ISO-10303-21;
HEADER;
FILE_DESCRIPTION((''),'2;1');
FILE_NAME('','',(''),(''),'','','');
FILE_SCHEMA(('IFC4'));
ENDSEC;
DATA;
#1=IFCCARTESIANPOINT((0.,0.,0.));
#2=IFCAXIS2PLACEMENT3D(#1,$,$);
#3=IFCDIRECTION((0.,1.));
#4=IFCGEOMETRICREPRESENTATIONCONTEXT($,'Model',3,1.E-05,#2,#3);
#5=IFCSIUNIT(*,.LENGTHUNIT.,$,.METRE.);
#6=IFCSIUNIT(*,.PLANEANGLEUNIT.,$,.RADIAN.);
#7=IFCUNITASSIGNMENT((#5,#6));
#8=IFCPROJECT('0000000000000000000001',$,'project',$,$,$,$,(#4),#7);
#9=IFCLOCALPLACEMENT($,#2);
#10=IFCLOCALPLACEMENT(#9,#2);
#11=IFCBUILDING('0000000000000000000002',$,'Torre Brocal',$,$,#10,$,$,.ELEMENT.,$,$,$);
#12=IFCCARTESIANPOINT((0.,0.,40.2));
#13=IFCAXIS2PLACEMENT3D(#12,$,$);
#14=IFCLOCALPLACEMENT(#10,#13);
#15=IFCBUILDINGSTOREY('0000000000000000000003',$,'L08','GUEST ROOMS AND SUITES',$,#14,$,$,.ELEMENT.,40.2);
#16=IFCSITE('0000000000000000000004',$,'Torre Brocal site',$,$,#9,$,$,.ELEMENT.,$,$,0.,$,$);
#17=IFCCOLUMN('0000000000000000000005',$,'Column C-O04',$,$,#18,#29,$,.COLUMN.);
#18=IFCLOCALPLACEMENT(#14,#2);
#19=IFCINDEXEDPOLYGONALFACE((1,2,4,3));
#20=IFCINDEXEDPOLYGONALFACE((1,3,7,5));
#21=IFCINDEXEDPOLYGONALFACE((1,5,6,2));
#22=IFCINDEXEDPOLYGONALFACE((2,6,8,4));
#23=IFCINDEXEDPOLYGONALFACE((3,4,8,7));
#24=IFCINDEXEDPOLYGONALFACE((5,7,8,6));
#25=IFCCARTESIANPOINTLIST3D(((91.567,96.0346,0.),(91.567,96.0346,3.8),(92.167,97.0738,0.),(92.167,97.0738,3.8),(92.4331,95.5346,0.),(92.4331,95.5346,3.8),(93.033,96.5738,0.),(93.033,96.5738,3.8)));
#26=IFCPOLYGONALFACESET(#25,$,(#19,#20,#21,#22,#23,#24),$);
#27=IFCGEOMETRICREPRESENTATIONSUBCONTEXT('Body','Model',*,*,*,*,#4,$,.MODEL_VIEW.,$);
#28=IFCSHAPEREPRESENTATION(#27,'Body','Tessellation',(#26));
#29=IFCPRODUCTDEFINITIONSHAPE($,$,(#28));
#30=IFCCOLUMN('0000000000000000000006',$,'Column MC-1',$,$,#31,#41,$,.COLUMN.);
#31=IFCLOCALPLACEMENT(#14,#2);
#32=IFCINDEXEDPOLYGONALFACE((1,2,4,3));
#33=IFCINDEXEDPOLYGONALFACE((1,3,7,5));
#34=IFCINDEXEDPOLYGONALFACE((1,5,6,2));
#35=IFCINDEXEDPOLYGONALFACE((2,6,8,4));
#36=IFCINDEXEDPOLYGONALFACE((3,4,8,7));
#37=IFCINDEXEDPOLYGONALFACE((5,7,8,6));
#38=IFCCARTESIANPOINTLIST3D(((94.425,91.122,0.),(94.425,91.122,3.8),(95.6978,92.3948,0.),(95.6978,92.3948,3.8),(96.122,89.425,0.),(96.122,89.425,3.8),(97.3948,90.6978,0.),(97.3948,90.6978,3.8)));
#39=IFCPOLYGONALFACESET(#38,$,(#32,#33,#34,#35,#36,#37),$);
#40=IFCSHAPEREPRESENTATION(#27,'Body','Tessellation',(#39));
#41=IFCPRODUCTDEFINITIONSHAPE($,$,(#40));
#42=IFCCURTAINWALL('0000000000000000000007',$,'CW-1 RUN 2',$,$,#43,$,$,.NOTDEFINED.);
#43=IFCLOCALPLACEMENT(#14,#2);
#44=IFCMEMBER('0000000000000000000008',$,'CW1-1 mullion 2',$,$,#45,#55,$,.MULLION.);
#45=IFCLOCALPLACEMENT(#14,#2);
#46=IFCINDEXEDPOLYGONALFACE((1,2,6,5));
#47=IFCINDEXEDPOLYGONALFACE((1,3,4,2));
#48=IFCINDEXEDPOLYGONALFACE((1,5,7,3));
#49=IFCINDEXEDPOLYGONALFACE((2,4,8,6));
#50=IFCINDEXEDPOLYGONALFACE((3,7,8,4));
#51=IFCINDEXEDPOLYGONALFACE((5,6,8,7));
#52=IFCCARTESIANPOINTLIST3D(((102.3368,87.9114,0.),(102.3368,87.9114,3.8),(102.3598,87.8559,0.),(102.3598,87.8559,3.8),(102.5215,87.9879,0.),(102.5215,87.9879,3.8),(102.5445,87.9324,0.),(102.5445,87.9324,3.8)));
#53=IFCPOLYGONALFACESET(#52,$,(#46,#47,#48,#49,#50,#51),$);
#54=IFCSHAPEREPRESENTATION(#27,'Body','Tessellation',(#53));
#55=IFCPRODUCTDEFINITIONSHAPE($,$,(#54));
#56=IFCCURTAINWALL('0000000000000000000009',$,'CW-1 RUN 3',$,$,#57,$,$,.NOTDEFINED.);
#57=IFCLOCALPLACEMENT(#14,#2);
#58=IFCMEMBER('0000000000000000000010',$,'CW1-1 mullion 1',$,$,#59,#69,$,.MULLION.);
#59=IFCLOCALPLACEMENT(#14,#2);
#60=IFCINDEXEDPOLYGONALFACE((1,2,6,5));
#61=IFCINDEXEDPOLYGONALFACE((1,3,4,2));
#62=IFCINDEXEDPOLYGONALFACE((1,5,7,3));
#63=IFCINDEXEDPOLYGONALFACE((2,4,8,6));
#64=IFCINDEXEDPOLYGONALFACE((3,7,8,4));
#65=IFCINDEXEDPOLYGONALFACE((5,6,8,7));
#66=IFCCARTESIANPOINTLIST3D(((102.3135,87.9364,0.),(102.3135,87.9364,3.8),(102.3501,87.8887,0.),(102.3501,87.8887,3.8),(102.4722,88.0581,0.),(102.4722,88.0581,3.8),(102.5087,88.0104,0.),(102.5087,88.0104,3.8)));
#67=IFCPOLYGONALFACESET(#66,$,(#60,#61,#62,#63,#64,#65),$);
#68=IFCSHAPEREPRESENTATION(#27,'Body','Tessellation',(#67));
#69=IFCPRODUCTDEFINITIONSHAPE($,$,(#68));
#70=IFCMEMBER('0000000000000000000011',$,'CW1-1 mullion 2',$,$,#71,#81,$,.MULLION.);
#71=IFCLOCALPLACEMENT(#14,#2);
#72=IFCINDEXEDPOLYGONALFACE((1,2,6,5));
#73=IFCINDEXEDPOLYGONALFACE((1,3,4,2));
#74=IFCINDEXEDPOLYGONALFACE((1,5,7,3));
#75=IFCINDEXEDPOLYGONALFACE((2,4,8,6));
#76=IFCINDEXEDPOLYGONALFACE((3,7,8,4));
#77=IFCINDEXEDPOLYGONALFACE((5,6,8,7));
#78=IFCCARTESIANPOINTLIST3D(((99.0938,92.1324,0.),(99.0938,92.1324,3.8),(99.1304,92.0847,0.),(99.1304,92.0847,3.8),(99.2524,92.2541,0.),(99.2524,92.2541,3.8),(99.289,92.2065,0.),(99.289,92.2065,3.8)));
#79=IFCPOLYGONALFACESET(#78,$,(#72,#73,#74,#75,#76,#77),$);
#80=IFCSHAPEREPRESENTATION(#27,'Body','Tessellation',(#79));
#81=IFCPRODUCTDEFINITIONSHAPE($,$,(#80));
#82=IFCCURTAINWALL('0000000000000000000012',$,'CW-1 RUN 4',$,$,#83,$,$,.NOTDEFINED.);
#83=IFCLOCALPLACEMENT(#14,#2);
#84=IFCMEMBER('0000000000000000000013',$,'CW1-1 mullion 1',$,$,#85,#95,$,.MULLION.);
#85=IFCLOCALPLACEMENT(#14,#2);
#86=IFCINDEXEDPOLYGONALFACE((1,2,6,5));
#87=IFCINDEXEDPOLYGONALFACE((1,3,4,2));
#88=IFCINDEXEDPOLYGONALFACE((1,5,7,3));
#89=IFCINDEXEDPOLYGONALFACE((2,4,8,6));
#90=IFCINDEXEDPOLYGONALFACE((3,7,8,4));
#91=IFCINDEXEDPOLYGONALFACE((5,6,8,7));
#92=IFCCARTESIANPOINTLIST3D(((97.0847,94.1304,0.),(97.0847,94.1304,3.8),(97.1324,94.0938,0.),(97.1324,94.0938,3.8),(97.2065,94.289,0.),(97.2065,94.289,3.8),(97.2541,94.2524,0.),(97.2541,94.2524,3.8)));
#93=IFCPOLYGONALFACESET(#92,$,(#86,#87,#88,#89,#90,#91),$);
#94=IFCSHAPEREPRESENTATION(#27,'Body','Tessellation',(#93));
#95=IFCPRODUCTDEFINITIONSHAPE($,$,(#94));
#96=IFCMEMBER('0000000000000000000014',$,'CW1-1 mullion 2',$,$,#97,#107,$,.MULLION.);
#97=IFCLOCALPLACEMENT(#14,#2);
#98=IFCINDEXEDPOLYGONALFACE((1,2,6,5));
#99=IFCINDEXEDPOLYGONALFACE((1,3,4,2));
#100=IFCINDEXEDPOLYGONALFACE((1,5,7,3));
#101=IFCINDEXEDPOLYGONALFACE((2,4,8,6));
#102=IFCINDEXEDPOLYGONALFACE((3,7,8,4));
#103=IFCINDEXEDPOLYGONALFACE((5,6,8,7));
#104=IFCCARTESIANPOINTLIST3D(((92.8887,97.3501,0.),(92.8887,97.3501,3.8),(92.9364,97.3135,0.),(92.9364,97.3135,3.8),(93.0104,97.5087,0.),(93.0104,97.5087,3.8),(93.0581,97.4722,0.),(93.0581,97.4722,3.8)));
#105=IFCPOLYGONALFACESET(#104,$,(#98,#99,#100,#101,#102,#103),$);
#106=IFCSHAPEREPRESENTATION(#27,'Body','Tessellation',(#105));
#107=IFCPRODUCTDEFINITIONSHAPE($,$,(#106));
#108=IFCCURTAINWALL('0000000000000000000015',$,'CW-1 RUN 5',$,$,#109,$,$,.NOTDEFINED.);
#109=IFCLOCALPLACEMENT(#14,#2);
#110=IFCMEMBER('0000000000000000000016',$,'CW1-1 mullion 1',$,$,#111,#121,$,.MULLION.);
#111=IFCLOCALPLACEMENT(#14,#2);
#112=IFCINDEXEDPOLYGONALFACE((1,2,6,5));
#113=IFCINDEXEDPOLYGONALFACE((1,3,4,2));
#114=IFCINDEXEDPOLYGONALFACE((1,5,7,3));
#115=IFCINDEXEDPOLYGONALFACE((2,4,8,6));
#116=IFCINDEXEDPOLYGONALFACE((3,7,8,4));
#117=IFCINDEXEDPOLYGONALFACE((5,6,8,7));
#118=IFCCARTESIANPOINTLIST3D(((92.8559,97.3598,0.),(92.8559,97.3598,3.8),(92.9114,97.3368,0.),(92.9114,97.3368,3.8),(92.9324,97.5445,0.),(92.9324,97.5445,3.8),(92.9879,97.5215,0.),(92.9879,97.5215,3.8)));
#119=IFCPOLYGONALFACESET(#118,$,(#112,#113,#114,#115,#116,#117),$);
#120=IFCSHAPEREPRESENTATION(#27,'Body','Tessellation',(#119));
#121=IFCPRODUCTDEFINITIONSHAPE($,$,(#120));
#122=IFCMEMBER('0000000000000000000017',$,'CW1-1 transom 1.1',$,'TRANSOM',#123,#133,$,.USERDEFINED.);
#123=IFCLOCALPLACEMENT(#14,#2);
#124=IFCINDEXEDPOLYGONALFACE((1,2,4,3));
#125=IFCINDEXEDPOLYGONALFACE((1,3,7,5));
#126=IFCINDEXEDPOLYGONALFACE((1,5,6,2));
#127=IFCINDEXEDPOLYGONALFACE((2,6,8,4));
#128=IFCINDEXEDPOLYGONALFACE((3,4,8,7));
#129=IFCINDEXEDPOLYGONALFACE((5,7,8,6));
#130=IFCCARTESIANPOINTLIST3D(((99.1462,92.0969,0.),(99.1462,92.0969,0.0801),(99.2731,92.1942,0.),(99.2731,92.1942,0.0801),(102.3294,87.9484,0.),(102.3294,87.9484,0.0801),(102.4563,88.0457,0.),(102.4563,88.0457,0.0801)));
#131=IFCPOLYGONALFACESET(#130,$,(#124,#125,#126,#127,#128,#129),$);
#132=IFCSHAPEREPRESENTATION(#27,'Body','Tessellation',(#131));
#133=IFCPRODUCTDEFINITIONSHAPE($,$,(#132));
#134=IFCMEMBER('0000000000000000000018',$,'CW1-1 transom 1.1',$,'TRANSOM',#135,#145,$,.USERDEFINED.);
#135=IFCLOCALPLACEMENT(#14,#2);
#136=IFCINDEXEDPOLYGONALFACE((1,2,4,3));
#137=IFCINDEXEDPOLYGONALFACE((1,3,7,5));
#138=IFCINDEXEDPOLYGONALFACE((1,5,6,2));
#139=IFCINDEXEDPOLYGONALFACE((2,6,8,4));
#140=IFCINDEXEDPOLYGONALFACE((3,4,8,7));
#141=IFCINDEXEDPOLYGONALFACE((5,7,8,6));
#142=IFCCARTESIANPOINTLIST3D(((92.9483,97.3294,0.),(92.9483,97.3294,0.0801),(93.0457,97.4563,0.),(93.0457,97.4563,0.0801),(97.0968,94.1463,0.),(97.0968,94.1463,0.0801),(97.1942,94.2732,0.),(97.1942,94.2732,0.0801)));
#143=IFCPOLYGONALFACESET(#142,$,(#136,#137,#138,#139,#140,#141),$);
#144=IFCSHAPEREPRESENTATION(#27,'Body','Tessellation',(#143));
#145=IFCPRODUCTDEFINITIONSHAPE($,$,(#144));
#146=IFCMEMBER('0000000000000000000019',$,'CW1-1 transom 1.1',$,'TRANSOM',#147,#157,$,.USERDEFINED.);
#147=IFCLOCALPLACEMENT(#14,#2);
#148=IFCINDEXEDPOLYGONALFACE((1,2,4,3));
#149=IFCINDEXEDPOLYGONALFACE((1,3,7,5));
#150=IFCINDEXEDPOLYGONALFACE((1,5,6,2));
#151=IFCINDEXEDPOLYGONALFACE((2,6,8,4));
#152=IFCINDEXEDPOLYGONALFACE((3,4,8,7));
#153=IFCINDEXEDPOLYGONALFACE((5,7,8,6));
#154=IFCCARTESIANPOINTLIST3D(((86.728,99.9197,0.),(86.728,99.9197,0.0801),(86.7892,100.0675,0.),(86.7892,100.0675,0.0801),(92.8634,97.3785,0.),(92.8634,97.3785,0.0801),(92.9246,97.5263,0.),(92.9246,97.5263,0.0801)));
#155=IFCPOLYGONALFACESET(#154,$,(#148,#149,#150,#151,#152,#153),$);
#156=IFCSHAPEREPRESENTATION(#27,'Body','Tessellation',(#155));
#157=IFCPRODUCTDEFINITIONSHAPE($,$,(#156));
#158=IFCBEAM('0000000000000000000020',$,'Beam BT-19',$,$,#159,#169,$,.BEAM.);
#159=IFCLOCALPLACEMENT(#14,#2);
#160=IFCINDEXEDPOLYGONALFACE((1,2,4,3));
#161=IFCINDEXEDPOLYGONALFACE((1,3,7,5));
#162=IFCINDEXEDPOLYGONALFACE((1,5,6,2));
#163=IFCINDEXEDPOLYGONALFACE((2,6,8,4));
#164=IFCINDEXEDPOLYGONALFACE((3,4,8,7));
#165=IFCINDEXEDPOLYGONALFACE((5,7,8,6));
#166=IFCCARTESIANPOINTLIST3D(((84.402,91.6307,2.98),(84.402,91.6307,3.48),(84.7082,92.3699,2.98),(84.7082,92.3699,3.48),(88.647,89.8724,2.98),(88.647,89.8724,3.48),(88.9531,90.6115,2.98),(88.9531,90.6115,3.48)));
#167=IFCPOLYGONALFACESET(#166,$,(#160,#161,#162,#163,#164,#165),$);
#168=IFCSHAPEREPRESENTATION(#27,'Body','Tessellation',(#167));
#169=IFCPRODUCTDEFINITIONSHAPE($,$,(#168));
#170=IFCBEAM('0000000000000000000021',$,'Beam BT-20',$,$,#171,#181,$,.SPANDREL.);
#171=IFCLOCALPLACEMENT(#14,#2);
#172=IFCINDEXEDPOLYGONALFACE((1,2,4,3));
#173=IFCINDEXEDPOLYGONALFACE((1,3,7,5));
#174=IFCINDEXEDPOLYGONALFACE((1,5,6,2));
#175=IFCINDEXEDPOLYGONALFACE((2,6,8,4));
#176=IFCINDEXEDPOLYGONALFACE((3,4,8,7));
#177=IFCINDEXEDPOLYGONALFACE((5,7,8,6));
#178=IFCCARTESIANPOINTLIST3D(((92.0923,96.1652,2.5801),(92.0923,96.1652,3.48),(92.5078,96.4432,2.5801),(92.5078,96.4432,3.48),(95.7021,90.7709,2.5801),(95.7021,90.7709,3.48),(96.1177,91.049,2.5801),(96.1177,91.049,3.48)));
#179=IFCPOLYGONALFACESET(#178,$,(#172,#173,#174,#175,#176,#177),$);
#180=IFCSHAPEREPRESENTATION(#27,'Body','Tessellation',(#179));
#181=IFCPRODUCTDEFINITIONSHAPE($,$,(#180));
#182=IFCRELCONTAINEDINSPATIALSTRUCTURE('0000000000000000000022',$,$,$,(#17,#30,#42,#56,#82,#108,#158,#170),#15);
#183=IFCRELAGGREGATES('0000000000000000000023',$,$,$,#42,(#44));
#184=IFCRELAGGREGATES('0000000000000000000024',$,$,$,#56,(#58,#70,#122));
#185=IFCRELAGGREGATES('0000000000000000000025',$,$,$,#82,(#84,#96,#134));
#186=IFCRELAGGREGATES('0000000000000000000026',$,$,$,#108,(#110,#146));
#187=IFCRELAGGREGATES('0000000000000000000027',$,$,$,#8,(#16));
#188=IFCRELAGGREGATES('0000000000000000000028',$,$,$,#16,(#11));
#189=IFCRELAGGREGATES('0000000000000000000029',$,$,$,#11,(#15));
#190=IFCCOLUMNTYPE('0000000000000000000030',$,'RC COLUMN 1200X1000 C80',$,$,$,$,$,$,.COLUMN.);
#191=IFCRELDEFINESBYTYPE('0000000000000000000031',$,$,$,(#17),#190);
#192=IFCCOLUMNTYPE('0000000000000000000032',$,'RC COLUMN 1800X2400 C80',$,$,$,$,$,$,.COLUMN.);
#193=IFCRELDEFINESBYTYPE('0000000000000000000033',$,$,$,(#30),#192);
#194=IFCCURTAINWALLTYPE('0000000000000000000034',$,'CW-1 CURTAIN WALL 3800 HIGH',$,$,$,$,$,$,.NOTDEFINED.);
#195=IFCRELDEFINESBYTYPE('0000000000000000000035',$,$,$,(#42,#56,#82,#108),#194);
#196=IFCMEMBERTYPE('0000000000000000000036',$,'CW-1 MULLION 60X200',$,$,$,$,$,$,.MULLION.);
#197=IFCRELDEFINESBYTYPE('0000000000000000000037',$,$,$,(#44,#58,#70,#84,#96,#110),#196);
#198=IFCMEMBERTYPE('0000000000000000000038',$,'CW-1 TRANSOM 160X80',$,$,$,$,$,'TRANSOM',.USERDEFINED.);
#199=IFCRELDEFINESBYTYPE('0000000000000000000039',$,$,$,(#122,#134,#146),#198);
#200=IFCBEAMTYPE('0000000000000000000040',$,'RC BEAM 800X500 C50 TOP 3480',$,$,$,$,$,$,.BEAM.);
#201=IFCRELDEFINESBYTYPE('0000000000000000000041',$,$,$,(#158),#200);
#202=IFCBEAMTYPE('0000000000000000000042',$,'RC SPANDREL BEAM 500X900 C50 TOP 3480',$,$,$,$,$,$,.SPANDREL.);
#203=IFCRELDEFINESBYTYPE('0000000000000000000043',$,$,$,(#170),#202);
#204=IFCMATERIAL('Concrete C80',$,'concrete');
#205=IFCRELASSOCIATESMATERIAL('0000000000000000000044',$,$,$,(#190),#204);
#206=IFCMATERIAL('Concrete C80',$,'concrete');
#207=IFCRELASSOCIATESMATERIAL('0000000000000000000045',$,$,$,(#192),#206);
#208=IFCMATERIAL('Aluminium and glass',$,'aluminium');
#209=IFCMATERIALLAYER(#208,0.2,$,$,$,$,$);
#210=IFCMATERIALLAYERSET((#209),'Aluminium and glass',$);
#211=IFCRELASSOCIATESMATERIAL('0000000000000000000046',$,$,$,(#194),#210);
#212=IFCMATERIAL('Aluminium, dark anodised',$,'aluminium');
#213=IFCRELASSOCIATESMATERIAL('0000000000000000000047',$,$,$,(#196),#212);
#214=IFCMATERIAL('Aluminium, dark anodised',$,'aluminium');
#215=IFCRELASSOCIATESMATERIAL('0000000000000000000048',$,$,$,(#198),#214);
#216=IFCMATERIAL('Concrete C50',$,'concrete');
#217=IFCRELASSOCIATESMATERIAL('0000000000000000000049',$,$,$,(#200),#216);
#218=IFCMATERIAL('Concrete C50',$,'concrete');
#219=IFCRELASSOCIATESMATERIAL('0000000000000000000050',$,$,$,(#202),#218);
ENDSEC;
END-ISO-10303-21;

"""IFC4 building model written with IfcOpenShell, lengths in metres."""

from ifc_helpers import new_model, si_unit, direction, frame, origin, origin_2d, place, context, subcontext, project, spatial, rectangle, extrude, material, layer, layer_set, material_profile, profile_set, type_object, element, aggregate, save


model = new_model("IFC4")

# Units and contexts
model_context = context("Model", 3, precision=1e-05, world=origin(), true_north=direction((0.0, 1.0)))
body_context = subcontext(model_context, "Body", "Model", "MODEL_VIEW")
ifc_project = project(units=[si_unit("LENGTHUNIT", "METRE"), si_unit("PLANEANGLEUNIT", "RADIAN")], contexts=[model_context])

# Site, building, storey
site_placement = place(None, origin())
site = spatial("IfcSite", under=ifc_project, at=site_placement, Name="Torre Brocal site", CompositionType="ELEMENT", RefElevation=0.0)
building_placement = place(site_placement, origin())
building = spatial("IfcBuilding", under=site, at=building_placement, Name="Torre Brocal", CompositionType="ELEMENT")
storey_placement = place(building_placement, frame((0.0, 0.0, 40.2)))
storey = spatial("IfcBuildingStorey", under=building, at=storey_placement, Name="L08", Description="GUEST ROOMS AND SUITES", CompositionType="ELEMENT", Elevation=40.2)

# Columns
ifc_material_1 = material(Name="Concrete C80", Category="concrete")
ifc_material_profile_1 = material_profile(ifc_material_1, rectangle(XDim=1.2, YDim=1.0, at=origin_2d()), Name="RC 1200X1000")
ifc_profile_set_1 = profile_set([ifc_material_profile_1], Name="Concrete C80")
column_type_1 = type_object("IfcColumnType", Name="RC COLUMN 1200X1000 C80", PredefinedType="COLUMN", material=ifc_profile_set_1)
column_1_placement = place(storey_placement, frame((92.3, 96.3042, 0.0), z_axis=(0.0, 0.0, 1.0), x_axis=(0.5, 0.866025, 0.0)))
element("IfcColumn", 1, at=column_1_placement, inside=storey, type_object=column_type_1, Name="Column C-O04", PredefinedType="COLUMN", context=body_context, shape_type="SweptSolid", body=[
    extrude(rectangle(XDim=1.2, YDim=1.0, at=origin_2d()), origin(), (0.0, 0.0, 1.0), 3.8),
])
ifc_material_2 = material(Name="Concrete C80", Category="concrete")
ifc_material_profile_2 = material_profile(ifc_material_2, rectangle(XDim=1.8, YDim=2.3999, at=origin_2d()), Name="RC 1800X2400")
ifc_profile_set_2 = profile_set([ifc_material_profile_2], Name="Concrete C80")
column_type_2 = type_object("IfcColumnType", Name="RC COLUMN 1800X2400 C80", PredefinedType="COLUMN", material=ifc_profile_set_2)
column_2_placement = place(storey_placement, frame((95.9099, 90.9099, 0.0), z_axis=(0.0, 0.0, 1.0), x_axis=(0.707107, 0.707107, 0.0)))
element("IfcColumn", 2, at=column_2_placement, inside=storey, type_object=column_type_2, Name="Column MC-1", PredefinedType="COLUMN", context=body_context, shape_type="SweptSolid", body=[
    extrude(rectangle(XDim=1.8, YDim=2.3999, at=origin_2d()), origin(), (0.0, 0.0, 1.0), 3.8),
])

# Curtain wall, member
ifc_material_3 = material(Name="Aluminium and glass", Category="aluminium")
ifc_layer_1 = layer(ifc_material_3, 0.2)
ifc_layer_set_1 = layer_set([ifc_layer_1], Name="Aluminium and glass")
curtain_wall_type = type_object("IfcCurtainWallType", Name="CW-1 CURTAIN WALL 3800 HIGH", PredefinedType="NOTDEFINED", material=ifc_layer_set_1)
curtain_wall_1_placement = place(storey_placement, origin())
curtain_wall_1 = element("IfcCurtainWall", 3, at=curtain_wall_1_placement, inside=storey, type_object=curtain_wall_type, Name="CW-1 RUN 2", PredefinedType="NOTDEFINED")
ifc_material_4 = material(Name="Aluminium, dark anodised", Category="aluminium")
ifc_material_profile_3 = material_profile(ifc_material_4, rectangle(XDim=0.2, YDim=0.0601, at=origin_2d()), Name="CW-1 MULLION 60X200")
ifc_profile_set_3 = profile_set([ifc_material_profile_3], Name="Aluminium, dark anodised")
member_type_1 = type_object("IfcMemberType", Name="CW-1 MULLION 60X200", PredefinedType="MULLION", material=ifc_profile_set_3)
member_1_placement = place(storey_placement, frame((102.4407, 87.9219, 0.0), z_axis=(0.0, 0.0, 1.0), x_axis=(-0.92388, -0.382683, 0.0)))
member_1 = element("IfcMember", 4, at=member_1_placement, type_object=member_type_1, Name="CW1-1 mullion 2", PredefinedType="MULLION", context=body_context, shape_type="SweptSolid", body=[
    extrude(rectangle(XDim=0.2, YDim=0.0601, at=origin_2d()), origin(), (0.0, 0.0, 1.0), 3.8),
])
aggregate(curtain_wall_1, [member_1])

# Curtain walls, members
curtain_wall_2_placement = place(storey_placement, origin())
curtain_wall_2 = element("IfcCurtainWall", 5, at=curtain_wall_2_placement, inside=storey, type_object=curtain_wall_type, Name="CW-1 RUN 3", PredefinedType="NOTDEFINED")
member_2_placement = place(storey_placement, frame((102.4111, 87.9734, 0.0), z_axis=(0.0, 0.0, 1.0), x_axis=(-0.793353, -0.608761, 0.0)))
member_2 = element("IfcMember", 6, at=member_2_placement, type_object=member_type_1, Name="CW1-1 mullion 1", PredefinedType="MULLION", context=body_context, shape_type="SweptSolid", body=[
    extrude(rectangle(XDim=0.2, YDim=0.0601, at=origin_2d()), origin(), (0.0, 0.0, 1.0), 3.8),
])
member_3_placement = place(storey_placement, frame((99.1914, 92.1694, 0.0), z_axis=(0.0, 0.0, 1.0), x_axis=(-0.793353, -0.608761, 0.0)))
member_3 = element("IfcMember", 7, at=member_3_placement, type_object=member_type_1, Name="CW1-1 mullion 2", PredefinedType="MULLION", context=body_context, shape_type="SweptSolid", body=[
    extrude(rectangle(XDim=0.2, YDim=0.0601, at=origin_2d()), origin(), (0.0, 0.0, 1.0), 3.8),
])
curtain_wall_3_placement = place(storey_placement, origin())
curtain_wall_3 = element("IfcCurtainWall", 8, at=curtain_wall_3_placement, inside=storey, type_object=curtain_wall_type, Name="CW-1 RUN 4", PredefinedType="NOTDEFINED")
member_4_placement = place(storey_placement, frame((97.1694, 94.1914, 0.0), z_axis=(0.0, 0.0, 1.0), x_axis=(-0.608761, -0.793353, 0.0)))
member_4 = element("IfcMember", 9, at=member_4_placement, type_object=member_type_1, Name="CW1-1 mullion 1", PredefinedType="MULLION", context=body_context, shape_type="SweptSolid", body=[
    extrude(rectangle(XDim=0.2, YDim=0.0601, at=origin_2d()), origin(), (0.0, 0.0, 1.0), 3.8),
])
member_5_placement = place(storey_placement, frame((92.9734, 97.4111, 0.0), z_axis=(0.0, 0.0, 1.0), x_axis=(-0.608761, -0.793353, 0.0)))
member_5 = element("IfcMember", 10, at=member_5_placement, type_object=member_type_1, Name="CW1-1 mullion 2", PredefinedType="MULLION", context=body_context, shape_type="SweptSolid", body=[
    extrude(rectangle(XDim=0.2, YDim=0.0601, at=origin_2d()), origin(), (0.0, 0.0, 1.0), 3.8),
])

# Curtain wall, member
curtain_wall_4_placement = place(storey_placement, origin())
curtain_wall_4 = element("IfcCurtainWall", 11, at=curtain_wall_4_placement, inside=storey, type_object=curtain_wall_type, Name="CW-1 RUN 5", PredefinedType="NOTDEFINED")
member_6_placement = place(storey_placement, frame((92.9219, 97.4407, 0.0), z_axis=(0.0, 0.0, 1.0), x_axis=(-0.382683, -0.92388, 0.0)))
member_6 = element("IfcMember", 12, at=member_6_placement, type_object=member_type_1, Name="CW1-1 mullion 1", PredefinedType="MULLION", context=body_context, shape_type="SweptSolid", body=[
    extrude(rectangle(XDim=0.2, YDim=0.0601, at=origin_2d()), origin(), (0.0, 0.0, 1.0), 3.8),
])

# Members
ifc_material_5 = material(Name="Aluminium, dark anodised", Category="aluminium")
ifc_material_profile_4 = material_profile(ifc_material_5, rectangle(XDim=0.1599, YDim=0.0801, at=origin_2d()), Name="CW-1 TRANSOM 160X80")
ifc_profile_set_4 = profile_set([ifc_material_profile_4], Name="Aluminium, dark anodised")
member_type_2 = type_object("IfcMemberType", Name="CW-1 TRANSOM 160X80", ElementType="TRANSOM", PredefinedType="USERDEFINED", material=ifc_profile_set_4)
member_7_placement = place(storey_placement, frame((102.3928, 87.9971, 0.04), z_axis=(-0.608749, 0.793363, 0.0), x_axis=(-0.793363, -0.608749, 0.0)))
member_7 = element("IfcMember", 13, at=member_7_placement, type_object=member_type_2, Name="CW1-1 transom 1.1", ObjectType="TRANSOM", PredefinedType="USERDEFINED", context=body_context, shape_type="SweptSolid", body=[
    extrude(rectangle(XDim=0.1599, YDim=0.0801, at=origin_2d()), origin(), (0.0, 0.0, 1.0), 5.229),
])
member_8_placement = place(storey_placement, frame((97.1455, 94.2097, 0.04), z_axis=(-0.793363, 0.608749, 0.0), x_axis=(-0.608749, -0.793363, 0.0)))
member_8 = element("IfcMember", 14, at=member_8_placement, type_object=member_type_2, Name="CW1-1 transom 1.1", ObjectType="TRANSOM", PredefinedType="USERDEFINED", context=body_context, shape_type="SweptSolid", body=[
    extrude(rectangle(XDim=0.1599, YDim=0.0801, at=origin_2d()), origin(), (0.0, 0.0, 1.0), 5.229),
])
member_9_placement = place(storey_placement, frame((92.894, 97.4524, 0.04), z_axis=(-0.923887, 0.382665, 0.0), x_axis=(-0.382665, -0.923887, 0.0)))
member_9 = element("IfcMember", 15, at=member_9_placement, type_object=member_type_2, Name="CW1-1 transom 1.1", ObjectType="TRANSOM", PredefinedType="USERDEFINED", context=body_context, shape_type="SweptSolid", body=[
    extrude(rectangle(XDim=0.1599, YDim=0.0801, at=origin_2d()), origin(), (0.0, 0.0, 1.0), 6.6409),
])

# Beams
ifc_material_6 = material(Name="Concrete C50", Category="concrete")
ifc_material_profile_5 = material_profile(ifc_material_6, rectangle(XDim=0.8, YDim=0.5, at=origin_2d()), Name="RC 800X500")
ifc_profile_set_5 = profile_set([ifc_material_profile_5], Name="Concrete C50")
beam_type_1 = type_object("IfcBeamType", Name="RC BEAM 800X500 C50 TOP 3480", PredefinedType="BEAM", material=ifc_profile_set_5)
beam_1_placement = place(storey_placement, frame((88.8, 90.2419, 3.23), z_axis=(-0.923878, 0.382687, 0.0), x_axis=(-0.382687, -0.923878, 0.0)))
element("IfcBeam", 16, at=beam_1_placement, inside=storey, type_object=beam_type_1, Name="Beam BT-19", PredefinedType="BEAM", context=body_context, shape_type="SweptSolid", body=[
    extrude(rectangle(XDim=0.8, YDim=0.5, at=origin_2d()), origin(), (0.0, 0.0, 1.0), 4.5947),
])
ifc_material_7 = material(Name="Concrete C50", Category="concrete")
ifc_material_profile_6 = material_profile(ifc_material_7, rectangle(XDim=0.5, YDim=0.8999, at=origin_2d()), Name="RC 500X900")
ifc_profile_set_6 = profile_set([ifc_material_profile_6], Name="Concrete C50")
beam_type_2 = type_object("IfcBeamType", Name="RC SPANDREL BEAM 500X900 C50 TOP 3480", PredefinedType="SPANDREL", material=ifc_profile_set_6)
beam_2_placement = place(storey_placement, frame((95.9099, 90.9099, 3.03), z_axis=(-0.556158, 0.831077, 0.0), x_axis=(-0.831077, -0.556158, 0.0)))
element("IfcBeam", 17, at=beam_2_placement, inside=storey, type_object=beam_type_2, Name="Beam BT-20", PredefinedType="SPANDREL", context=body_context, shape_type="SweptSolid", body=[
    extrude(rectangle(XDim=0.5, YDim=0.8999, at=origin_2d()), origin(), (0.0, 0.0, 1.0), 6.4907),
])

aggregate(curtain_wall_2, [member_2, member_3, member_7])
aggregate(curtain_wall_3, [member_4, member_5, member_8])
aggregate(curtain_wall_4, [member_6, member_9])

save(model, "model.ifc")
